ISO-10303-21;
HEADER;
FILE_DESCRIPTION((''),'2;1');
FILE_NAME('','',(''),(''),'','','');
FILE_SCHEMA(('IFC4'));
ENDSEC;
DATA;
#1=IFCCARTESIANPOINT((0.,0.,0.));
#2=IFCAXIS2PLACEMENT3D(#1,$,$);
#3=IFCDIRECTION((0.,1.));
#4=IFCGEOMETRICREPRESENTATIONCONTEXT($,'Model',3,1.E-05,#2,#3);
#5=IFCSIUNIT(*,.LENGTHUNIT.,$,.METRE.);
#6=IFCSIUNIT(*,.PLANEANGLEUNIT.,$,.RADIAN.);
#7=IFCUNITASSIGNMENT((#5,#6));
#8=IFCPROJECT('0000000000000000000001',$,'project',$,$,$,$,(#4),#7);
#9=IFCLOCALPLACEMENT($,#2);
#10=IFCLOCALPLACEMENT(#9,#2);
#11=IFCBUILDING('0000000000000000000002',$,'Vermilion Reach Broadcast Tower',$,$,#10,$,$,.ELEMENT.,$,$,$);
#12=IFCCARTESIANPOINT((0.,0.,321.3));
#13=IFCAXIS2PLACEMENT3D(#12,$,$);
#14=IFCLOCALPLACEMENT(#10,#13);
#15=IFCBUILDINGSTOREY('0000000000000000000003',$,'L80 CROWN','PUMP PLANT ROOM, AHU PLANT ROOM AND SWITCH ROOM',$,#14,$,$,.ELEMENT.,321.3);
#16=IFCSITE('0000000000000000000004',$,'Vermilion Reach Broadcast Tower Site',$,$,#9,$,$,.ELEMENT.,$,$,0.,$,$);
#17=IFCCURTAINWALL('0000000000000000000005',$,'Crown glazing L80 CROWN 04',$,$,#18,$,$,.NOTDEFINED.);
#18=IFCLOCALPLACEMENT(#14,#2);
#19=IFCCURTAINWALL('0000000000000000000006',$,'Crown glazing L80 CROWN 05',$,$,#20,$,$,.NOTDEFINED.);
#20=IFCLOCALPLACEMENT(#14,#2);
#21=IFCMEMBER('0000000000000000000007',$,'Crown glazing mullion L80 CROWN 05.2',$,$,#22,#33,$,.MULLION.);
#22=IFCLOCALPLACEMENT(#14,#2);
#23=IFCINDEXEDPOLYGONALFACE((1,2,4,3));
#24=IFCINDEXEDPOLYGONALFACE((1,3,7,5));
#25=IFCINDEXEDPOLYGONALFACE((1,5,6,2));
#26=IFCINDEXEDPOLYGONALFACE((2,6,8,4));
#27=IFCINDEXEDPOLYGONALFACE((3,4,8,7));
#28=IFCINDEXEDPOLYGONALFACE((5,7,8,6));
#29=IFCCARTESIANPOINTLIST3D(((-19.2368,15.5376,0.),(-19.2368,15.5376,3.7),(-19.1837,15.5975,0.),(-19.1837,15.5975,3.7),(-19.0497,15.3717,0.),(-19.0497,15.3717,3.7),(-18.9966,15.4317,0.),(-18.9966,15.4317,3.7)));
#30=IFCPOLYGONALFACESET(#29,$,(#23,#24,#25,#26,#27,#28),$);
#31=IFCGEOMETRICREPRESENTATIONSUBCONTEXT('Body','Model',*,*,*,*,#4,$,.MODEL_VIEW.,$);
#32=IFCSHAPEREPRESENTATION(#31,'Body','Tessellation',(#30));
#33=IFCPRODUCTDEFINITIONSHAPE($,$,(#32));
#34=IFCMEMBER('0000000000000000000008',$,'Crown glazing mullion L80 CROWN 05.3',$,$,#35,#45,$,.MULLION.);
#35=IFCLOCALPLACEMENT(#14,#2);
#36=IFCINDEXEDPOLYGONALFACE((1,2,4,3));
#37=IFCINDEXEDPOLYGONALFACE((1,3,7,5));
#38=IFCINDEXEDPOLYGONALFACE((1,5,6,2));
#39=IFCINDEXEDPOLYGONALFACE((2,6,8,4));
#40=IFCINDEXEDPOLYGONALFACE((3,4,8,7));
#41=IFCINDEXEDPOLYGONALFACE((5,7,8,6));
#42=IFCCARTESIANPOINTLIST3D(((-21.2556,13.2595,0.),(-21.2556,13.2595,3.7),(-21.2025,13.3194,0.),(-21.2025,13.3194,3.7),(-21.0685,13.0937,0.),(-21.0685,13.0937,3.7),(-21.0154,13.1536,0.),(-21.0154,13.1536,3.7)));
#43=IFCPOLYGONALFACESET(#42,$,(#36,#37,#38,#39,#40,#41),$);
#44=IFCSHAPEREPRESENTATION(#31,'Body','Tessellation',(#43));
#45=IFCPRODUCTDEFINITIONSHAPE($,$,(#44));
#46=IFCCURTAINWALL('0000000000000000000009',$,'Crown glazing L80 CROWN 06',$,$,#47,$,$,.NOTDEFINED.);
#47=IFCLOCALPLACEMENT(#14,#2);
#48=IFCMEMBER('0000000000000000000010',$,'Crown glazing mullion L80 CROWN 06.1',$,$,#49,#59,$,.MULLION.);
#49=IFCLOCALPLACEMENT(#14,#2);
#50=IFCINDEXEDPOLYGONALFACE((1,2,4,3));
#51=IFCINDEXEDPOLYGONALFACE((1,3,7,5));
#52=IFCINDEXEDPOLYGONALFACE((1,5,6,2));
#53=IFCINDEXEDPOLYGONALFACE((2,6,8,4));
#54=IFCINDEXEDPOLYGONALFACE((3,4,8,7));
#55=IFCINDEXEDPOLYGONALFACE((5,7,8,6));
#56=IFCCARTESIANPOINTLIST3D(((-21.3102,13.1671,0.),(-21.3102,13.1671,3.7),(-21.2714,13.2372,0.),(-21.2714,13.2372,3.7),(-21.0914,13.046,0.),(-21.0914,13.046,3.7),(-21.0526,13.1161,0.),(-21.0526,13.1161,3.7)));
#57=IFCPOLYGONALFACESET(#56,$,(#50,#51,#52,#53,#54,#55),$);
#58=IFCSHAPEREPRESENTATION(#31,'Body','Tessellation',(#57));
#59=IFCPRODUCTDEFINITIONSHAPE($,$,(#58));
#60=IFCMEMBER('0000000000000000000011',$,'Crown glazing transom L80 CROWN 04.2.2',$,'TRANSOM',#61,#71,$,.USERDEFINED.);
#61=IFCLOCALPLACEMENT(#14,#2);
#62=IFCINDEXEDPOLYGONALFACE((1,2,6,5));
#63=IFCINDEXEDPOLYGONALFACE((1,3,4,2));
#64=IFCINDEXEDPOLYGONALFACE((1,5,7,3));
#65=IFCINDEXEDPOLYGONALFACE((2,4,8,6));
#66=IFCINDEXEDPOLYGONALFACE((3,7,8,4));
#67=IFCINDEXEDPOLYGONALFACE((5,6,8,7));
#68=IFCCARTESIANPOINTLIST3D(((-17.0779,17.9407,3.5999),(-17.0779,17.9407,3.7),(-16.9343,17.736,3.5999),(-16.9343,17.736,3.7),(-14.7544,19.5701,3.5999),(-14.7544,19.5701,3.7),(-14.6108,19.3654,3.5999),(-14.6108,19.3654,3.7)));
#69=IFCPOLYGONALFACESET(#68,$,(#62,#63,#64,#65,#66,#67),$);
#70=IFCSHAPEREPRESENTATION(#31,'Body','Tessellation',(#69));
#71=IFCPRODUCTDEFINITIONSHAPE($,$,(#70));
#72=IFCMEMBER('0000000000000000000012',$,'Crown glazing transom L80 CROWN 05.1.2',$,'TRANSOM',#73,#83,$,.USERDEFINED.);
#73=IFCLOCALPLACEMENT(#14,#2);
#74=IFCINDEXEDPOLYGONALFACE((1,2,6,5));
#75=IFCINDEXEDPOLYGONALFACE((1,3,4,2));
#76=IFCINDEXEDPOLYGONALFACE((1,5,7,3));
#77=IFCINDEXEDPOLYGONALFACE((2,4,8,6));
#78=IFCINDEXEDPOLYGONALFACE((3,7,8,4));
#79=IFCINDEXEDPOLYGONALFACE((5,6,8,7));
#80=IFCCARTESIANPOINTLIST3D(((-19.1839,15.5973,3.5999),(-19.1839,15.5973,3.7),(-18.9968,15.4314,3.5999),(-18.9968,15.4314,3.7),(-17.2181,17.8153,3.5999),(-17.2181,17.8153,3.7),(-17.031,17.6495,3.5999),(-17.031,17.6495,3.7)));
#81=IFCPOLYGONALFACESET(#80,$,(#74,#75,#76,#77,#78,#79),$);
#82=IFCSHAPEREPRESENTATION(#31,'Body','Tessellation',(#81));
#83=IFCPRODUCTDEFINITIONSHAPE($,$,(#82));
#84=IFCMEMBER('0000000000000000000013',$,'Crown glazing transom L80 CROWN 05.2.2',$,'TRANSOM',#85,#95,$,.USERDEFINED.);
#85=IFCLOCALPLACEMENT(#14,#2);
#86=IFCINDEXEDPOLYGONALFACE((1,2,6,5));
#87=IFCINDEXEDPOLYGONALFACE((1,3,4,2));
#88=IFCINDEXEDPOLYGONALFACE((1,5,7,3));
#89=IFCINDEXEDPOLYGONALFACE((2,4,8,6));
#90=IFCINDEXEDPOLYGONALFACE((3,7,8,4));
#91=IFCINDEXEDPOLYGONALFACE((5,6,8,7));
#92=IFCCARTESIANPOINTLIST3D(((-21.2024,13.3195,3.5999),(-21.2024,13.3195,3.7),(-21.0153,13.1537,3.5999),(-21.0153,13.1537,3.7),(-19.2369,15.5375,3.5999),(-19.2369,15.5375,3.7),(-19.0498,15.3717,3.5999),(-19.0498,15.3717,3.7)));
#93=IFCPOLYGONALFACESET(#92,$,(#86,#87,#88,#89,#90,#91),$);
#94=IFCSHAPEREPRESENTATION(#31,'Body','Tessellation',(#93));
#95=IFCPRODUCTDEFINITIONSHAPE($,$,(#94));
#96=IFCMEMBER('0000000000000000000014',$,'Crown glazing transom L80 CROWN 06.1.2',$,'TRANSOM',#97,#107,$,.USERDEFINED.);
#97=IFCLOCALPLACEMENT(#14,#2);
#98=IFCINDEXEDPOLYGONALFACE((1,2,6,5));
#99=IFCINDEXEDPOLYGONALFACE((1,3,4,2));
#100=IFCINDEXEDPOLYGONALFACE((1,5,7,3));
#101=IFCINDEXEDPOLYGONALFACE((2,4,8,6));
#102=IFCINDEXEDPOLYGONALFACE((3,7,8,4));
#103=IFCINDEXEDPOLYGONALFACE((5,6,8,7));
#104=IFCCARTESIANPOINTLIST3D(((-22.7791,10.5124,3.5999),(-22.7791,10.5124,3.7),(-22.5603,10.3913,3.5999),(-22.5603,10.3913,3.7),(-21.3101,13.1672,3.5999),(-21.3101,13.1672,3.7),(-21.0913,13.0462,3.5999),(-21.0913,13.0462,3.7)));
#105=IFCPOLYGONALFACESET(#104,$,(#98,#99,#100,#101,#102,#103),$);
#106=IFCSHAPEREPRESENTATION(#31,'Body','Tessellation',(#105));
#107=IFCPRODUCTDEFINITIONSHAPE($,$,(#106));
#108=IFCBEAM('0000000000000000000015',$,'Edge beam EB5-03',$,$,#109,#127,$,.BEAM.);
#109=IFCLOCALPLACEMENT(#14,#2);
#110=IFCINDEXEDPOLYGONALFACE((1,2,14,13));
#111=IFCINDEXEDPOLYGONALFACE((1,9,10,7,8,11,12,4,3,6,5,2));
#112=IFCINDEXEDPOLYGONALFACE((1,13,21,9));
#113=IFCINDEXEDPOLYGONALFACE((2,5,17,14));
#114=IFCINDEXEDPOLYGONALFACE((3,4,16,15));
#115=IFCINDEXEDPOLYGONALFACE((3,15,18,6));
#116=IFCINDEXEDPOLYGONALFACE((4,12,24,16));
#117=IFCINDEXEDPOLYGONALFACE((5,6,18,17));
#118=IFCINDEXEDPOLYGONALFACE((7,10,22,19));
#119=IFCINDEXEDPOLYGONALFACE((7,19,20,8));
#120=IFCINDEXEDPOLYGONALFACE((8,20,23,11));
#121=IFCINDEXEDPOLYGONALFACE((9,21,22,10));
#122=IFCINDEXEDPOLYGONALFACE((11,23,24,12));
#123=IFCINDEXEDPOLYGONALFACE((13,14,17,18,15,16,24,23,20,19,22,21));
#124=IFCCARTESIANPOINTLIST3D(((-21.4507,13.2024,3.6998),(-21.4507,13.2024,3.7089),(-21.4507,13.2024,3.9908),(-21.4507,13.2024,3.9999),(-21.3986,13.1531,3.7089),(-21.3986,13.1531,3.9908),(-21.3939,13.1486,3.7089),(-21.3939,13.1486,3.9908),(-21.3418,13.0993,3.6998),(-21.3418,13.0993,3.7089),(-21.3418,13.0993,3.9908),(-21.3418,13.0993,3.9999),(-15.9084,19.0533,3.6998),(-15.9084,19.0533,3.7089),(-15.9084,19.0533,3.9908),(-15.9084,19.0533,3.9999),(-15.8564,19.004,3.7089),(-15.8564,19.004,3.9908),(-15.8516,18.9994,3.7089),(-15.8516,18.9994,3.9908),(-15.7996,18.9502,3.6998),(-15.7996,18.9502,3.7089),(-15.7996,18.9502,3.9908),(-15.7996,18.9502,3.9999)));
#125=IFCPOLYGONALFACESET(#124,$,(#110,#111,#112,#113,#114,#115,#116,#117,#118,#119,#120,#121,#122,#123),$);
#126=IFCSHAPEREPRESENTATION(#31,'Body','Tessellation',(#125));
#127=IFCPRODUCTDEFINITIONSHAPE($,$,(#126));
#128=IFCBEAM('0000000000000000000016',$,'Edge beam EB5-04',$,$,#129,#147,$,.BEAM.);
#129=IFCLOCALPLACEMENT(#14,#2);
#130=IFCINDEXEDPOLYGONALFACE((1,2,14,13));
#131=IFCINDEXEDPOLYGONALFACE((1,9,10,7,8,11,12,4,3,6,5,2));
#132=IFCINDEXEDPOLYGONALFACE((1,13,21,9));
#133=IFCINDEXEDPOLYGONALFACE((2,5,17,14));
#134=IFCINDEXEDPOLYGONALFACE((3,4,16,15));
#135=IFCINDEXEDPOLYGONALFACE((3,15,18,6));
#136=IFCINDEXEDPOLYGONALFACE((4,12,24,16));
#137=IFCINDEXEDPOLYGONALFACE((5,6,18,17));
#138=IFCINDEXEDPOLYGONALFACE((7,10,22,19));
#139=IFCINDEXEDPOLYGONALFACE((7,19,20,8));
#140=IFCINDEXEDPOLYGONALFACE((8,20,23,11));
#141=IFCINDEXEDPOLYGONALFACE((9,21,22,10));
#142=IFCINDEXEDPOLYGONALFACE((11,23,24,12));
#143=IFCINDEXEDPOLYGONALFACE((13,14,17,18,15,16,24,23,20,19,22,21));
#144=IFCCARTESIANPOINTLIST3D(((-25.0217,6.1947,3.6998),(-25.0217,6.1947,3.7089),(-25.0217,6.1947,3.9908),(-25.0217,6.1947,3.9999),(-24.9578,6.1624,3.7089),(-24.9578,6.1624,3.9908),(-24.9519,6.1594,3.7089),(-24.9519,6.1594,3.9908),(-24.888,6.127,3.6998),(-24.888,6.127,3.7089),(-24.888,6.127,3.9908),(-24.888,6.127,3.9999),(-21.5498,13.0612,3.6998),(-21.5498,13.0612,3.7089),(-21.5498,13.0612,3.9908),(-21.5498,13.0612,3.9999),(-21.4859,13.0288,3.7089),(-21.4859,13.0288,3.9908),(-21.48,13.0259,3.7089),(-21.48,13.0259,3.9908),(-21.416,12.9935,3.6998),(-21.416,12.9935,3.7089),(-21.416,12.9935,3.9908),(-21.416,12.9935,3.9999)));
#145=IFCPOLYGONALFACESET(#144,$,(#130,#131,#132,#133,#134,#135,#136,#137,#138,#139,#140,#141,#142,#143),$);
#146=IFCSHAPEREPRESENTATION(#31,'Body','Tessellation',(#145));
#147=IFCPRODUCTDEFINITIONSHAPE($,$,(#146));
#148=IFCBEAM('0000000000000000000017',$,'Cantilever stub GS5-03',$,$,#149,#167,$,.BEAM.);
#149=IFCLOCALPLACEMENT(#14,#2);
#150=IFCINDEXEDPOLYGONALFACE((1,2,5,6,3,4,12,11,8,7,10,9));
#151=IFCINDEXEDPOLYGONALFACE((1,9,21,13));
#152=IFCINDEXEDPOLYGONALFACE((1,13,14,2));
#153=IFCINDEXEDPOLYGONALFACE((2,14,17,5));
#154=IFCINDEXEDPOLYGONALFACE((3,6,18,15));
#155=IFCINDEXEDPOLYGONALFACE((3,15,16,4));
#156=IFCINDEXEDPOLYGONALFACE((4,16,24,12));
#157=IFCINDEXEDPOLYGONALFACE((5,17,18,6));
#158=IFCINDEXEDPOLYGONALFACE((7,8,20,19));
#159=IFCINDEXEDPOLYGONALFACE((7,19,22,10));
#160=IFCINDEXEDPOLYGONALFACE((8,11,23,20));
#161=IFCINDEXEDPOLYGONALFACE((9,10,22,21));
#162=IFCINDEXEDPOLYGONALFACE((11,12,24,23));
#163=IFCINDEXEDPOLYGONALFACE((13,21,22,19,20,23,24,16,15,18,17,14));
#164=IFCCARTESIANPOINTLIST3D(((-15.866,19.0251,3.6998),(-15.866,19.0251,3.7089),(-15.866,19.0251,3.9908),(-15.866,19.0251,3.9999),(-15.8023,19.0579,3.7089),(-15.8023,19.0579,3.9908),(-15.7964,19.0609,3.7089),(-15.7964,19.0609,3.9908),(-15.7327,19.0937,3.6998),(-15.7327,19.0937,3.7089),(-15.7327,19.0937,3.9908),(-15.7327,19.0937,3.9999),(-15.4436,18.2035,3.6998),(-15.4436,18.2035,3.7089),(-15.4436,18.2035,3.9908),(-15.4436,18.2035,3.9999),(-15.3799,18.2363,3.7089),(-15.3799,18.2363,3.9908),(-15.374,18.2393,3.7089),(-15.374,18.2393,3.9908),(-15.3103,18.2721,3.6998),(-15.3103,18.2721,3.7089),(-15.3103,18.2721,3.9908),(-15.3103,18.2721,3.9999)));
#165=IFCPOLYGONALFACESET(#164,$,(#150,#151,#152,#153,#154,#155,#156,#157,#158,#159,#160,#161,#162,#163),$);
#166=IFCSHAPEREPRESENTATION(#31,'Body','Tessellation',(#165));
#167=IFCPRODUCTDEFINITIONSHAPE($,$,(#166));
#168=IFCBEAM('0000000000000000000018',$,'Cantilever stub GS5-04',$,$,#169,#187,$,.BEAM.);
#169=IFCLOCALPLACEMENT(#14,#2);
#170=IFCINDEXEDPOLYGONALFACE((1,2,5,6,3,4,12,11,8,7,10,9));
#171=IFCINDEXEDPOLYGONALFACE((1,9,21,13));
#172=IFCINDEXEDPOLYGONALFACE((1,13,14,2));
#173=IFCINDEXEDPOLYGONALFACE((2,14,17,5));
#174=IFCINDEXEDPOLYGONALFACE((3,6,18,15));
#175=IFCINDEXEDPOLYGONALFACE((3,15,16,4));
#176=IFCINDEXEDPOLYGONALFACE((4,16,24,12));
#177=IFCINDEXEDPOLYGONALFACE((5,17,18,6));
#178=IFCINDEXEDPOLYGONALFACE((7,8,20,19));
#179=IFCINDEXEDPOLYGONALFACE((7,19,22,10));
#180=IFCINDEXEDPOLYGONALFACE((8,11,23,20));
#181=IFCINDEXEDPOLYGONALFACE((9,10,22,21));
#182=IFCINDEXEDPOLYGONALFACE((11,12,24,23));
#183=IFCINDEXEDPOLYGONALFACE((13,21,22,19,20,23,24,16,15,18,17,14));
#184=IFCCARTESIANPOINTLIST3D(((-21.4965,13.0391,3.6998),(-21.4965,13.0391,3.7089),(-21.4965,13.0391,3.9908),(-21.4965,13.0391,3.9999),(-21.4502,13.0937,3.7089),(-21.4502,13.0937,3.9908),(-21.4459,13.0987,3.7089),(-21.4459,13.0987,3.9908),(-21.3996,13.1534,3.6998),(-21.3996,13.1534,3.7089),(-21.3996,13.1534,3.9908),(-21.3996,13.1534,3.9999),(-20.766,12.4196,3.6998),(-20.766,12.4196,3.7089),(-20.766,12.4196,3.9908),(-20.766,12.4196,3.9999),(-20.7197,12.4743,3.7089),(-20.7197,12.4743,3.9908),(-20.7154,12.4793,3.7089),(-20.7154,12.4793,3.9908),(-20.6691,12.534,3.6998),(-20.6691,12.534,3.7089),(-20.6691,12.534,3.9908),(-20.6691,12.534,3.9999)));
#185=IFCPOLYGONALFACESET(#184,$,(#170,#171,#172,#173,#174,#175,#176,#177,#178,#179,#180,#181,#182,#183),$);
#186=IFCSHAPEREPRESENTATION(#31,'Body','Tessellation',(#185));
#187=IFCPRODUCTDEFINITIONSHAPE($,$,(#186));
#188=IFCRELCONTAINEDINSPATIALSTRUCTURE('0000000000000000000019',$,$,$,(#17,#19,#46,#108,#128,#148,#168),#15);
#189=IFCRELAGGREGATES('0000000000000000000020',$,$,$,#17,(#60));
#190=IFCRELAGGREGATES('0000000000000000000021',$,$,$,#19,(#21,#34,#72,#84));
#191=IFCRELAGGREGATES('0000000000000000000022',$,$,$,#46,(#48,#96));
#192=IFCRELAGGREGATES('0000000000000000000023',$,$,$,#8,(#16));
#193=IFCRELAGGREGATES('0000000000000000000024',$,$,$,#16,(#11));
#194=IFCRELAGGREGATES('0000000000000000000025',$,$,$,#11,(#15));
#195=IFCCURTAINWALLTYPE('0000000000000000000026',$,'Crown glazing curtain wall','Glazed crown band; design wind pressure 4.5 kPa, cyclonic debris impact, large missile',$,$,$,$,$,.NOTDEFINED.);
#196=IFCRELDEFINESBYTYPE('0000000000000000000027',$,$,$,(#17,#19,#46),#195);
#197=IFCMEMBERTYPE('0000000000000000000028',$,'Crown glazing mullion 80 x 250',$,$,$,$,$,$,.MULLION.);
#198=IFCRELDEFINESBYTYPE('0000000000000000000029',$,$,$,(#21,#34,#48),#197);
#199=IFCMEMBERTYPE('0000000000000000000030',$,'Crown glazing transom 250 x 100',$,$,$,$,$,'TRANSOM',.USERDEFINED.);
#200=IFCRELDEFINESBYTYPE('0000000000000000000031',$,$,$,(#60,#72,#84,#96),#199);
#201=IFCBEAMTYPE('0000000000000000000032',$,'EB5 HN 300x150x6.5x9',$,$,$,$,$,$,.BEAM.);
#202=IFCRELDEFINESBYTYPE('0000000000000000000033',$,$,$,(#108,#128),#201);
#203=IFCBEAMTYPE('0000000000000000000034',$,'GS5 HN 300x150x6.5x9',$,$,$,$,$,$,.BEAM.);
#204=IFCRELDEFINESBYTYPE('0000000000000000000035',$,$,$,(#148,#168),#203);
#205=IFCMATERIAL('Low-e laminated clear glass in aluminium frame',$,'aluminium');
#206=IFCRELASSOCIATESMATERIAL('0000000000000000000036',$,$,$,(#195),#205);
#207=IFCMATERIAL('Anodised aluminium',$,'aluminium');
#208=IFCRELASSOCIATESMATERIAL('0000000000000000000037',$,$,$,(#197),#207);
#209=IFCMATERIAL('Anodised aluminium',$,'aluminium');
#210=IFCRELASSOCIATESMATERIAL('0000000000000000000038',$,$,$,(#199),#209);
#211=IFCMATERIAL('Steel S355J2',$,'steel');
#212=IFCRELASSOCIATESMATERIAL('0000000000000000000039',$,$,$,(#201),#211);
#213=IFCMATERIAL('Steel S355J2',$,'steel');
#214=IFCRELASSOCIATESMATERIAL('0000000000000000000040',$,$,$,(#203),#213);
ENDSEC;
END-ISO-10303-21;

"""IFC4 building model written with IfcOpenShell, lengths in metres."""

from ifc_helpers import new_model, si_unit, direction, frame, origin, origin_2d, place, context, subcontext, project, spatial, rectangle, i_section, extrude, material, material_profile, profile_set, type_object, element, aggregate, save


model = new_model("IFC4")

# Units and contexts
model_context = context("Model", 3, precision=1e-05, world=origin(), true_north=direction((0.0, 1.0)))
body_context = subcontext(model_context, "Body", "Model", "MODEL_VIEW")
ifc_project = project(units=[si_unit("LENGTHUNIT", "METRE"), si_unit("PLANEANGLEUNIT", "RADIAN")], contexts=[model_context])

# Site, building, storey
site_placement = place(None, origin())
site = spatial("IfcSite", under=ifc_project, at=site_placement, Name="Vermilion Reach Broadcast Tower Site", CompositionType="ELEMENT", RefElevation=0.0)
building_placement = place(site_placement, origin())
building = spatial("IfcBuilding", under=site, at=building_placement, Name="Vermilion Reach Broadcast Tower", CompositionType="ELEMENT")
storey_placement = place(building_placement, frame((0.0, 0.0, 321.3)))
storey = spatial("IfcBuildingStorey", under=building, at=storey_placement, Name="L80 CROWN", Description="PUMP PLANT ROOM, AHU PLANT ROOM AND SWITCH ROOM", CompositionType="ELEMENT", Elevation=321.3)

# Curtain wall
ifc_material_1 = material(Name="Low-e laminated clear glass in aluminium frame", Category="aluminium")
curtain_wall_type = type_object("IfcCurtainWallType", Name="Crown glazing curtain wall", Description="Glazed crown band; design wind pressure 4.5 kPa, cyclonic debris impact, large missile", PredefinedType="NOTDEFINED", material=ifc_material_1)
placement = place(storey_placement, origin())
curtain_wall_1 = element("IfcCurtainWall", 1, at=placement, inside=storey, type_object=curtain_wall_type, Name="Crown glazing L80 CROWN 04", PredefinedType="NOTDEFINED")
ifc_material_2 = material(Name="Anodised aluminium", Category="aluminium")
ifc_material_profile_1 = material_profile(ifc_material_2, rectangle(XDim=0.25, YDim=0.0801, at=origin_2d()), Name="Crown glazing mullion 80 x 250")
ifc_profile_set_1 = profile_set([ifc_material_profile_1], Name="Anodised aluminium")
member_type_1 = type_object("IfcMemberType", Name="Crown glazing mullion 80 x 250", PredefinedType="MULLION", material=ifc_profile_set_1)

# Curtain wall, members
curtain_wall_2 = element("IfcCurtainWall", 2, at=placement, inside=storey, type_object=curtain_wall_type, Name="Crown glazing L80 CROWN 05", PredefinedType="NOTDEFINED")
member_1_placement = place(storey_placement, frame((-19.1167, 15.4846, 0.0), z_axis=(0.0, 0.0, 1.0), x_axis=(0.748408, -0.663239, 0.0)))
member_1 = element("IfcMember", 3, at=member_1_placement, type_object=member_type_1, Name="Crown glazing mullion L80 CROWN 05.2", PredefinedType="MULLION", context=body_context, shape_type="SweptSolid", body=[
    extrude(rectangle(XDim=0.25, YDim=0.0801, at=origin_2d()), origin(), (0.0, 0.0, 1.0), 3.7),
])
member_2_placement = place(storey_placement, frame((-21.1355, 13.2065, 0.0), z_axis=(0.0, 0.0, 1.0), x_axis=(0.748408, -0.663239, 0.0)))
member_2 = element("IfcMember", 4, at=member_2_placement, type_object=member_type_1, Name="Crown glazing mullion L80 CROWN 05.3", PredefinedType="MULLION", context=body_context, shape_type="SweptSolid", body=[
    extrude(rectangle(XDim=0.25, YDim=0.0801, at=origin_2d()), origin(), (0.0, 0.0, 1.0), 3.7),
])

# Curtain wall, member
curtain_wall_3 = element("IfcCurtainWall", 5, at=placement, inside=storey, type_object=curtain_wall_type, Name="Crown glazing L80 CROWN 06", PredefinedType="NOTDEFINED")
member_3_placement = place(storey_placement, frame((-21.1814, 13.1416, 0.0), z_axis=(0.0, 0.0, 1.0), x_axis=(0.874983, -0.484153, 0.0)))
member_3 = element("IfcMember", 6, at=member_3_placement, type_object=member_type_1, Name="Crown glazing mullion L80 CROWN 06.1", PredefinedType="MULLION", context=body_context, shape_type="SweptSolid", body=[
    extrude(rectangle(XDim=0.25, YDim=0.0801, at=origin_2d()), origin(), (0.0, 0.0, 1.0), 3.7),
])

# Members
ifc_material_3 = material(Name="Anodised aluminium", Category="aluminium")
ifc_material_profile_2 = material_profile(ifc_material_3, rectangle(XDim=0.25, YDim=0.1001, at=origin_2d()), Name="Crown glazing transom 250 x 100")
ifc_profile_set_2 = profile_set([ifc_material_profile_2], Name="Anodised aluminium")
member_type_2 = type_object("IfcMemberType", Name="Crown glazing transom 250 x 100", ElementType="TRANSOM", PredefinedType="USERDEFINED", material=ifc_profile_set_2)
member_4_placement = place(storey_placement, frame((-14.6826, 19.4678, 3.6499), z_axis=(-0.818743, -0.574161, 0.0), x_axis=(0.574161, -0.818743, 0.0)))
member_4 = element("IfcMember", 7, at=member_4_placement, type_object=member_type_2, Name="Crown glazing transom L80 CROWN 04.2.2", ObjectType="TRANSOM", PredefinedType="USERDEFINED", context=body_context, shape_type="SweptSolid", body=[
    extrude(rectangle(XDim=0.25, YDim=0.1001, at=origin_2d()), origin(), (0.0, 0.0, 1.0), 2.8379),
])
member_5_placement = place(storey_placement, frame((-17.1245, 17.7324, 3.6499), z_axis=(-0.663279, -0.748372, 0.0), x_axis=(0.748372, -0.663279, 0.0)))
member_5 = element("IfcMember", 8, at=member_5_placement, type_object=member_type_2, Name="Crown glazing transom L80 CROWN 05.1.2", ObjectType="TRANSOM", PredefinedType="USERDEFINED", context=body_context, shape_type="SweptSolid", body=[
    extrude(rectangle(XDim=0.25, YDim=0.1001, at=origin_2d()), origin(), (0.0, 0.0, 1.0), 2.9639),
])
member_6_placement = place(storey_placement, frame((-19.1433, 15.4546, 3.6499), z_axis=(-0.663233, -0.748413, 0.0), x_axis=(0.748413, -0.663233, 0.0)))
member_6 = element("IfcMember", 9, at=member_6_placement, type_object=member_type_2, Name="Crown glazing transom L80 CROWN 05.2.2", ObjectType="TRANSOM", PredefinedType="USERDEFINED", context=body_context, shape_type="SweptSolid", body=[
    extrude(rectangle(XDim=0.25, YDim=0.1001, at=origin_2d()), origin(), (0.0, 0.0, 1.0), 2.9636),
])
member_7_placement = place(storey_placement, frame((-21.2007, 13.1067, 3.6499), z_axis=(-0.48416, -0.87498, 0.0), x_axis=(0.87498, -0.48416, 0.0)))
member_7 = element("IfcMember", 10, at=member_7_placement, type_object=member_type_2, Name="Crown glazing transom L80 CROWN 06.1.2", ObjectType="TRANSOM", PredefinedType="USERDEFINED", context=body_context, shape_type="SweptSolid", body=[
    extrude(rectangle(XDim=0.25, YDim=0.1001, at=origin_2d()), origin(), (0.0, 0.0, 1.0), 3.0342),
])

# Beams
ifc_material_4 = material(Name="Steel S355J2", Category="steel")
ifc_material_profile_3 = material_profile(ifc_material_4, i_section(OverallWidth=0.1499, OverallDepth=0.3, WebThickness=0.0066, FlangeThickness=0.009, at=origin_2d()), Name="S355J2 HN 300x150x6.5x9")
ifc_profile_set_3 = profile_set([ifc_material_profile_3], Name="Steel S355J2")
beam_type_1 = type_object("IfcBeamType", Name="EB5 HN 300x150x6.5x9", PredefinedType="BEAM", material=ifc_profile_set_3)
beam_1_placement = place(storey_placement, frame((-15.854, 19.0017, 3.8499), z_axis=(-0.687702, -0.725993, 0.0), x_axis=(0.725993, -0.687702, 0.0)))
element("IfcBeam", 11, at=beam_1_placement, inside=storey, type_object=beam_type_1, Name="Edge beam EB5-03", PredefinedType="BEAM", context=body_context, shape_type="SweptSolid", body=[
    extrude(i_section(OverallWidth=0.1499, OverallDepth=0.3, WebThickness=0.0066, FlangeThickness=0.009, at=origin_2d()), origin(), (0.0, 0.0, 1.0), 8.0591),
])
beam_2_placement = place(storey_placement, frame((-21.4829, 13.0273, 3.8499), z_axis=(-0.451232, -0.892406, 0.0), x_axis=(0.892406, -0.451232, 0.0)))
element("IfcBeam", 12, at=beam_2_placement, inside=storey, type_object=beam_type_1, Name="Edge beam EB5-04", PredefinedType="BEAM", context=body_context, shape_type="SweptSolid", body=[
    extrude(i_section(OverallWidth=0.1499, OverallDepth=0.3, WebThickness=0.0066, FlangeThickness=0.009, at=origin_2d()), origin(), (0.0, 0.0, 1.0), 7.6943),
])
ifc_material_5 = material(Name="Steel S355J2", Category="steel")
ifc_material_profile_4 = material_profile(ifc_material_5, i_section(OverallWidth=0.1499, OverallDepth=0.3, WebThickness=0.0066, FlangeThickness=0.009, at=origin_2d()), Name="S355J2 HN 300x150x6.5x9")
ifc_profile_set_4 = profile_set([ifc_material_profile_4], Name="Steel S355J2")
beam_type_2 = type_object("IfcBeamType", Name="GS5 HN 300x150x6.5x9", PredefinedType="BEAM", material=ifc_profile_set_4)
beam_3_placement = place(storey_placement, frame((-15.377, 18.2378, 3.8499), z_axis=(-0.457229, 0.889349, 0.0), x_axis=(-0.889349, -0.457229, 0.0)))
element("IfcBeam", 13, at=beam_3_placement, inside=storey, type_object=beam_type_2, Name="Cantilever stub GS5-03", PredefinedType="BEAM", context=body_context, shape_type="SweptSolid", body=[
    extrude(i_section(OverallWidth=0.1499, OverallDepth=0.3, WebThickness=0.0066, FlangeThickness=0.009, at=origin_2d()), origin(), (0.0, 0.0, 1.0), 0.9238),
])
beam_4_placement = place(storey_placement, frame((-20.7175, 12.4768, 3.8499), z_axis=(-0.762719, 0.64673, 0.0), x_axis=(-0.64673, -0.762719, 0.0)))
element("IfcBeam", 14, at=beam_4_placement, inside=storey, type_object=beam_type_2, Name="Cantilever stub GS5-04", PredefinedType="BEAM", context=body_context, shape_type="SweptSolid", body=[
    extrude(i_section(OverallWidth=0.1499, OverallDepth=0.3, WebThickness=0.0066, FlangeThickness=0.009, at=origin_2d()), origin(), (0.0, 0.0, 1.0), 0.9578),
])

aggregate(curtain_wall_1, [member_4])
aggregate(curtain_wall_2, [member_1, member_2, member_5, member_6])
aggregate(curtain_wall_3, [member_3, member_7])

save(model, "model.ifc")
